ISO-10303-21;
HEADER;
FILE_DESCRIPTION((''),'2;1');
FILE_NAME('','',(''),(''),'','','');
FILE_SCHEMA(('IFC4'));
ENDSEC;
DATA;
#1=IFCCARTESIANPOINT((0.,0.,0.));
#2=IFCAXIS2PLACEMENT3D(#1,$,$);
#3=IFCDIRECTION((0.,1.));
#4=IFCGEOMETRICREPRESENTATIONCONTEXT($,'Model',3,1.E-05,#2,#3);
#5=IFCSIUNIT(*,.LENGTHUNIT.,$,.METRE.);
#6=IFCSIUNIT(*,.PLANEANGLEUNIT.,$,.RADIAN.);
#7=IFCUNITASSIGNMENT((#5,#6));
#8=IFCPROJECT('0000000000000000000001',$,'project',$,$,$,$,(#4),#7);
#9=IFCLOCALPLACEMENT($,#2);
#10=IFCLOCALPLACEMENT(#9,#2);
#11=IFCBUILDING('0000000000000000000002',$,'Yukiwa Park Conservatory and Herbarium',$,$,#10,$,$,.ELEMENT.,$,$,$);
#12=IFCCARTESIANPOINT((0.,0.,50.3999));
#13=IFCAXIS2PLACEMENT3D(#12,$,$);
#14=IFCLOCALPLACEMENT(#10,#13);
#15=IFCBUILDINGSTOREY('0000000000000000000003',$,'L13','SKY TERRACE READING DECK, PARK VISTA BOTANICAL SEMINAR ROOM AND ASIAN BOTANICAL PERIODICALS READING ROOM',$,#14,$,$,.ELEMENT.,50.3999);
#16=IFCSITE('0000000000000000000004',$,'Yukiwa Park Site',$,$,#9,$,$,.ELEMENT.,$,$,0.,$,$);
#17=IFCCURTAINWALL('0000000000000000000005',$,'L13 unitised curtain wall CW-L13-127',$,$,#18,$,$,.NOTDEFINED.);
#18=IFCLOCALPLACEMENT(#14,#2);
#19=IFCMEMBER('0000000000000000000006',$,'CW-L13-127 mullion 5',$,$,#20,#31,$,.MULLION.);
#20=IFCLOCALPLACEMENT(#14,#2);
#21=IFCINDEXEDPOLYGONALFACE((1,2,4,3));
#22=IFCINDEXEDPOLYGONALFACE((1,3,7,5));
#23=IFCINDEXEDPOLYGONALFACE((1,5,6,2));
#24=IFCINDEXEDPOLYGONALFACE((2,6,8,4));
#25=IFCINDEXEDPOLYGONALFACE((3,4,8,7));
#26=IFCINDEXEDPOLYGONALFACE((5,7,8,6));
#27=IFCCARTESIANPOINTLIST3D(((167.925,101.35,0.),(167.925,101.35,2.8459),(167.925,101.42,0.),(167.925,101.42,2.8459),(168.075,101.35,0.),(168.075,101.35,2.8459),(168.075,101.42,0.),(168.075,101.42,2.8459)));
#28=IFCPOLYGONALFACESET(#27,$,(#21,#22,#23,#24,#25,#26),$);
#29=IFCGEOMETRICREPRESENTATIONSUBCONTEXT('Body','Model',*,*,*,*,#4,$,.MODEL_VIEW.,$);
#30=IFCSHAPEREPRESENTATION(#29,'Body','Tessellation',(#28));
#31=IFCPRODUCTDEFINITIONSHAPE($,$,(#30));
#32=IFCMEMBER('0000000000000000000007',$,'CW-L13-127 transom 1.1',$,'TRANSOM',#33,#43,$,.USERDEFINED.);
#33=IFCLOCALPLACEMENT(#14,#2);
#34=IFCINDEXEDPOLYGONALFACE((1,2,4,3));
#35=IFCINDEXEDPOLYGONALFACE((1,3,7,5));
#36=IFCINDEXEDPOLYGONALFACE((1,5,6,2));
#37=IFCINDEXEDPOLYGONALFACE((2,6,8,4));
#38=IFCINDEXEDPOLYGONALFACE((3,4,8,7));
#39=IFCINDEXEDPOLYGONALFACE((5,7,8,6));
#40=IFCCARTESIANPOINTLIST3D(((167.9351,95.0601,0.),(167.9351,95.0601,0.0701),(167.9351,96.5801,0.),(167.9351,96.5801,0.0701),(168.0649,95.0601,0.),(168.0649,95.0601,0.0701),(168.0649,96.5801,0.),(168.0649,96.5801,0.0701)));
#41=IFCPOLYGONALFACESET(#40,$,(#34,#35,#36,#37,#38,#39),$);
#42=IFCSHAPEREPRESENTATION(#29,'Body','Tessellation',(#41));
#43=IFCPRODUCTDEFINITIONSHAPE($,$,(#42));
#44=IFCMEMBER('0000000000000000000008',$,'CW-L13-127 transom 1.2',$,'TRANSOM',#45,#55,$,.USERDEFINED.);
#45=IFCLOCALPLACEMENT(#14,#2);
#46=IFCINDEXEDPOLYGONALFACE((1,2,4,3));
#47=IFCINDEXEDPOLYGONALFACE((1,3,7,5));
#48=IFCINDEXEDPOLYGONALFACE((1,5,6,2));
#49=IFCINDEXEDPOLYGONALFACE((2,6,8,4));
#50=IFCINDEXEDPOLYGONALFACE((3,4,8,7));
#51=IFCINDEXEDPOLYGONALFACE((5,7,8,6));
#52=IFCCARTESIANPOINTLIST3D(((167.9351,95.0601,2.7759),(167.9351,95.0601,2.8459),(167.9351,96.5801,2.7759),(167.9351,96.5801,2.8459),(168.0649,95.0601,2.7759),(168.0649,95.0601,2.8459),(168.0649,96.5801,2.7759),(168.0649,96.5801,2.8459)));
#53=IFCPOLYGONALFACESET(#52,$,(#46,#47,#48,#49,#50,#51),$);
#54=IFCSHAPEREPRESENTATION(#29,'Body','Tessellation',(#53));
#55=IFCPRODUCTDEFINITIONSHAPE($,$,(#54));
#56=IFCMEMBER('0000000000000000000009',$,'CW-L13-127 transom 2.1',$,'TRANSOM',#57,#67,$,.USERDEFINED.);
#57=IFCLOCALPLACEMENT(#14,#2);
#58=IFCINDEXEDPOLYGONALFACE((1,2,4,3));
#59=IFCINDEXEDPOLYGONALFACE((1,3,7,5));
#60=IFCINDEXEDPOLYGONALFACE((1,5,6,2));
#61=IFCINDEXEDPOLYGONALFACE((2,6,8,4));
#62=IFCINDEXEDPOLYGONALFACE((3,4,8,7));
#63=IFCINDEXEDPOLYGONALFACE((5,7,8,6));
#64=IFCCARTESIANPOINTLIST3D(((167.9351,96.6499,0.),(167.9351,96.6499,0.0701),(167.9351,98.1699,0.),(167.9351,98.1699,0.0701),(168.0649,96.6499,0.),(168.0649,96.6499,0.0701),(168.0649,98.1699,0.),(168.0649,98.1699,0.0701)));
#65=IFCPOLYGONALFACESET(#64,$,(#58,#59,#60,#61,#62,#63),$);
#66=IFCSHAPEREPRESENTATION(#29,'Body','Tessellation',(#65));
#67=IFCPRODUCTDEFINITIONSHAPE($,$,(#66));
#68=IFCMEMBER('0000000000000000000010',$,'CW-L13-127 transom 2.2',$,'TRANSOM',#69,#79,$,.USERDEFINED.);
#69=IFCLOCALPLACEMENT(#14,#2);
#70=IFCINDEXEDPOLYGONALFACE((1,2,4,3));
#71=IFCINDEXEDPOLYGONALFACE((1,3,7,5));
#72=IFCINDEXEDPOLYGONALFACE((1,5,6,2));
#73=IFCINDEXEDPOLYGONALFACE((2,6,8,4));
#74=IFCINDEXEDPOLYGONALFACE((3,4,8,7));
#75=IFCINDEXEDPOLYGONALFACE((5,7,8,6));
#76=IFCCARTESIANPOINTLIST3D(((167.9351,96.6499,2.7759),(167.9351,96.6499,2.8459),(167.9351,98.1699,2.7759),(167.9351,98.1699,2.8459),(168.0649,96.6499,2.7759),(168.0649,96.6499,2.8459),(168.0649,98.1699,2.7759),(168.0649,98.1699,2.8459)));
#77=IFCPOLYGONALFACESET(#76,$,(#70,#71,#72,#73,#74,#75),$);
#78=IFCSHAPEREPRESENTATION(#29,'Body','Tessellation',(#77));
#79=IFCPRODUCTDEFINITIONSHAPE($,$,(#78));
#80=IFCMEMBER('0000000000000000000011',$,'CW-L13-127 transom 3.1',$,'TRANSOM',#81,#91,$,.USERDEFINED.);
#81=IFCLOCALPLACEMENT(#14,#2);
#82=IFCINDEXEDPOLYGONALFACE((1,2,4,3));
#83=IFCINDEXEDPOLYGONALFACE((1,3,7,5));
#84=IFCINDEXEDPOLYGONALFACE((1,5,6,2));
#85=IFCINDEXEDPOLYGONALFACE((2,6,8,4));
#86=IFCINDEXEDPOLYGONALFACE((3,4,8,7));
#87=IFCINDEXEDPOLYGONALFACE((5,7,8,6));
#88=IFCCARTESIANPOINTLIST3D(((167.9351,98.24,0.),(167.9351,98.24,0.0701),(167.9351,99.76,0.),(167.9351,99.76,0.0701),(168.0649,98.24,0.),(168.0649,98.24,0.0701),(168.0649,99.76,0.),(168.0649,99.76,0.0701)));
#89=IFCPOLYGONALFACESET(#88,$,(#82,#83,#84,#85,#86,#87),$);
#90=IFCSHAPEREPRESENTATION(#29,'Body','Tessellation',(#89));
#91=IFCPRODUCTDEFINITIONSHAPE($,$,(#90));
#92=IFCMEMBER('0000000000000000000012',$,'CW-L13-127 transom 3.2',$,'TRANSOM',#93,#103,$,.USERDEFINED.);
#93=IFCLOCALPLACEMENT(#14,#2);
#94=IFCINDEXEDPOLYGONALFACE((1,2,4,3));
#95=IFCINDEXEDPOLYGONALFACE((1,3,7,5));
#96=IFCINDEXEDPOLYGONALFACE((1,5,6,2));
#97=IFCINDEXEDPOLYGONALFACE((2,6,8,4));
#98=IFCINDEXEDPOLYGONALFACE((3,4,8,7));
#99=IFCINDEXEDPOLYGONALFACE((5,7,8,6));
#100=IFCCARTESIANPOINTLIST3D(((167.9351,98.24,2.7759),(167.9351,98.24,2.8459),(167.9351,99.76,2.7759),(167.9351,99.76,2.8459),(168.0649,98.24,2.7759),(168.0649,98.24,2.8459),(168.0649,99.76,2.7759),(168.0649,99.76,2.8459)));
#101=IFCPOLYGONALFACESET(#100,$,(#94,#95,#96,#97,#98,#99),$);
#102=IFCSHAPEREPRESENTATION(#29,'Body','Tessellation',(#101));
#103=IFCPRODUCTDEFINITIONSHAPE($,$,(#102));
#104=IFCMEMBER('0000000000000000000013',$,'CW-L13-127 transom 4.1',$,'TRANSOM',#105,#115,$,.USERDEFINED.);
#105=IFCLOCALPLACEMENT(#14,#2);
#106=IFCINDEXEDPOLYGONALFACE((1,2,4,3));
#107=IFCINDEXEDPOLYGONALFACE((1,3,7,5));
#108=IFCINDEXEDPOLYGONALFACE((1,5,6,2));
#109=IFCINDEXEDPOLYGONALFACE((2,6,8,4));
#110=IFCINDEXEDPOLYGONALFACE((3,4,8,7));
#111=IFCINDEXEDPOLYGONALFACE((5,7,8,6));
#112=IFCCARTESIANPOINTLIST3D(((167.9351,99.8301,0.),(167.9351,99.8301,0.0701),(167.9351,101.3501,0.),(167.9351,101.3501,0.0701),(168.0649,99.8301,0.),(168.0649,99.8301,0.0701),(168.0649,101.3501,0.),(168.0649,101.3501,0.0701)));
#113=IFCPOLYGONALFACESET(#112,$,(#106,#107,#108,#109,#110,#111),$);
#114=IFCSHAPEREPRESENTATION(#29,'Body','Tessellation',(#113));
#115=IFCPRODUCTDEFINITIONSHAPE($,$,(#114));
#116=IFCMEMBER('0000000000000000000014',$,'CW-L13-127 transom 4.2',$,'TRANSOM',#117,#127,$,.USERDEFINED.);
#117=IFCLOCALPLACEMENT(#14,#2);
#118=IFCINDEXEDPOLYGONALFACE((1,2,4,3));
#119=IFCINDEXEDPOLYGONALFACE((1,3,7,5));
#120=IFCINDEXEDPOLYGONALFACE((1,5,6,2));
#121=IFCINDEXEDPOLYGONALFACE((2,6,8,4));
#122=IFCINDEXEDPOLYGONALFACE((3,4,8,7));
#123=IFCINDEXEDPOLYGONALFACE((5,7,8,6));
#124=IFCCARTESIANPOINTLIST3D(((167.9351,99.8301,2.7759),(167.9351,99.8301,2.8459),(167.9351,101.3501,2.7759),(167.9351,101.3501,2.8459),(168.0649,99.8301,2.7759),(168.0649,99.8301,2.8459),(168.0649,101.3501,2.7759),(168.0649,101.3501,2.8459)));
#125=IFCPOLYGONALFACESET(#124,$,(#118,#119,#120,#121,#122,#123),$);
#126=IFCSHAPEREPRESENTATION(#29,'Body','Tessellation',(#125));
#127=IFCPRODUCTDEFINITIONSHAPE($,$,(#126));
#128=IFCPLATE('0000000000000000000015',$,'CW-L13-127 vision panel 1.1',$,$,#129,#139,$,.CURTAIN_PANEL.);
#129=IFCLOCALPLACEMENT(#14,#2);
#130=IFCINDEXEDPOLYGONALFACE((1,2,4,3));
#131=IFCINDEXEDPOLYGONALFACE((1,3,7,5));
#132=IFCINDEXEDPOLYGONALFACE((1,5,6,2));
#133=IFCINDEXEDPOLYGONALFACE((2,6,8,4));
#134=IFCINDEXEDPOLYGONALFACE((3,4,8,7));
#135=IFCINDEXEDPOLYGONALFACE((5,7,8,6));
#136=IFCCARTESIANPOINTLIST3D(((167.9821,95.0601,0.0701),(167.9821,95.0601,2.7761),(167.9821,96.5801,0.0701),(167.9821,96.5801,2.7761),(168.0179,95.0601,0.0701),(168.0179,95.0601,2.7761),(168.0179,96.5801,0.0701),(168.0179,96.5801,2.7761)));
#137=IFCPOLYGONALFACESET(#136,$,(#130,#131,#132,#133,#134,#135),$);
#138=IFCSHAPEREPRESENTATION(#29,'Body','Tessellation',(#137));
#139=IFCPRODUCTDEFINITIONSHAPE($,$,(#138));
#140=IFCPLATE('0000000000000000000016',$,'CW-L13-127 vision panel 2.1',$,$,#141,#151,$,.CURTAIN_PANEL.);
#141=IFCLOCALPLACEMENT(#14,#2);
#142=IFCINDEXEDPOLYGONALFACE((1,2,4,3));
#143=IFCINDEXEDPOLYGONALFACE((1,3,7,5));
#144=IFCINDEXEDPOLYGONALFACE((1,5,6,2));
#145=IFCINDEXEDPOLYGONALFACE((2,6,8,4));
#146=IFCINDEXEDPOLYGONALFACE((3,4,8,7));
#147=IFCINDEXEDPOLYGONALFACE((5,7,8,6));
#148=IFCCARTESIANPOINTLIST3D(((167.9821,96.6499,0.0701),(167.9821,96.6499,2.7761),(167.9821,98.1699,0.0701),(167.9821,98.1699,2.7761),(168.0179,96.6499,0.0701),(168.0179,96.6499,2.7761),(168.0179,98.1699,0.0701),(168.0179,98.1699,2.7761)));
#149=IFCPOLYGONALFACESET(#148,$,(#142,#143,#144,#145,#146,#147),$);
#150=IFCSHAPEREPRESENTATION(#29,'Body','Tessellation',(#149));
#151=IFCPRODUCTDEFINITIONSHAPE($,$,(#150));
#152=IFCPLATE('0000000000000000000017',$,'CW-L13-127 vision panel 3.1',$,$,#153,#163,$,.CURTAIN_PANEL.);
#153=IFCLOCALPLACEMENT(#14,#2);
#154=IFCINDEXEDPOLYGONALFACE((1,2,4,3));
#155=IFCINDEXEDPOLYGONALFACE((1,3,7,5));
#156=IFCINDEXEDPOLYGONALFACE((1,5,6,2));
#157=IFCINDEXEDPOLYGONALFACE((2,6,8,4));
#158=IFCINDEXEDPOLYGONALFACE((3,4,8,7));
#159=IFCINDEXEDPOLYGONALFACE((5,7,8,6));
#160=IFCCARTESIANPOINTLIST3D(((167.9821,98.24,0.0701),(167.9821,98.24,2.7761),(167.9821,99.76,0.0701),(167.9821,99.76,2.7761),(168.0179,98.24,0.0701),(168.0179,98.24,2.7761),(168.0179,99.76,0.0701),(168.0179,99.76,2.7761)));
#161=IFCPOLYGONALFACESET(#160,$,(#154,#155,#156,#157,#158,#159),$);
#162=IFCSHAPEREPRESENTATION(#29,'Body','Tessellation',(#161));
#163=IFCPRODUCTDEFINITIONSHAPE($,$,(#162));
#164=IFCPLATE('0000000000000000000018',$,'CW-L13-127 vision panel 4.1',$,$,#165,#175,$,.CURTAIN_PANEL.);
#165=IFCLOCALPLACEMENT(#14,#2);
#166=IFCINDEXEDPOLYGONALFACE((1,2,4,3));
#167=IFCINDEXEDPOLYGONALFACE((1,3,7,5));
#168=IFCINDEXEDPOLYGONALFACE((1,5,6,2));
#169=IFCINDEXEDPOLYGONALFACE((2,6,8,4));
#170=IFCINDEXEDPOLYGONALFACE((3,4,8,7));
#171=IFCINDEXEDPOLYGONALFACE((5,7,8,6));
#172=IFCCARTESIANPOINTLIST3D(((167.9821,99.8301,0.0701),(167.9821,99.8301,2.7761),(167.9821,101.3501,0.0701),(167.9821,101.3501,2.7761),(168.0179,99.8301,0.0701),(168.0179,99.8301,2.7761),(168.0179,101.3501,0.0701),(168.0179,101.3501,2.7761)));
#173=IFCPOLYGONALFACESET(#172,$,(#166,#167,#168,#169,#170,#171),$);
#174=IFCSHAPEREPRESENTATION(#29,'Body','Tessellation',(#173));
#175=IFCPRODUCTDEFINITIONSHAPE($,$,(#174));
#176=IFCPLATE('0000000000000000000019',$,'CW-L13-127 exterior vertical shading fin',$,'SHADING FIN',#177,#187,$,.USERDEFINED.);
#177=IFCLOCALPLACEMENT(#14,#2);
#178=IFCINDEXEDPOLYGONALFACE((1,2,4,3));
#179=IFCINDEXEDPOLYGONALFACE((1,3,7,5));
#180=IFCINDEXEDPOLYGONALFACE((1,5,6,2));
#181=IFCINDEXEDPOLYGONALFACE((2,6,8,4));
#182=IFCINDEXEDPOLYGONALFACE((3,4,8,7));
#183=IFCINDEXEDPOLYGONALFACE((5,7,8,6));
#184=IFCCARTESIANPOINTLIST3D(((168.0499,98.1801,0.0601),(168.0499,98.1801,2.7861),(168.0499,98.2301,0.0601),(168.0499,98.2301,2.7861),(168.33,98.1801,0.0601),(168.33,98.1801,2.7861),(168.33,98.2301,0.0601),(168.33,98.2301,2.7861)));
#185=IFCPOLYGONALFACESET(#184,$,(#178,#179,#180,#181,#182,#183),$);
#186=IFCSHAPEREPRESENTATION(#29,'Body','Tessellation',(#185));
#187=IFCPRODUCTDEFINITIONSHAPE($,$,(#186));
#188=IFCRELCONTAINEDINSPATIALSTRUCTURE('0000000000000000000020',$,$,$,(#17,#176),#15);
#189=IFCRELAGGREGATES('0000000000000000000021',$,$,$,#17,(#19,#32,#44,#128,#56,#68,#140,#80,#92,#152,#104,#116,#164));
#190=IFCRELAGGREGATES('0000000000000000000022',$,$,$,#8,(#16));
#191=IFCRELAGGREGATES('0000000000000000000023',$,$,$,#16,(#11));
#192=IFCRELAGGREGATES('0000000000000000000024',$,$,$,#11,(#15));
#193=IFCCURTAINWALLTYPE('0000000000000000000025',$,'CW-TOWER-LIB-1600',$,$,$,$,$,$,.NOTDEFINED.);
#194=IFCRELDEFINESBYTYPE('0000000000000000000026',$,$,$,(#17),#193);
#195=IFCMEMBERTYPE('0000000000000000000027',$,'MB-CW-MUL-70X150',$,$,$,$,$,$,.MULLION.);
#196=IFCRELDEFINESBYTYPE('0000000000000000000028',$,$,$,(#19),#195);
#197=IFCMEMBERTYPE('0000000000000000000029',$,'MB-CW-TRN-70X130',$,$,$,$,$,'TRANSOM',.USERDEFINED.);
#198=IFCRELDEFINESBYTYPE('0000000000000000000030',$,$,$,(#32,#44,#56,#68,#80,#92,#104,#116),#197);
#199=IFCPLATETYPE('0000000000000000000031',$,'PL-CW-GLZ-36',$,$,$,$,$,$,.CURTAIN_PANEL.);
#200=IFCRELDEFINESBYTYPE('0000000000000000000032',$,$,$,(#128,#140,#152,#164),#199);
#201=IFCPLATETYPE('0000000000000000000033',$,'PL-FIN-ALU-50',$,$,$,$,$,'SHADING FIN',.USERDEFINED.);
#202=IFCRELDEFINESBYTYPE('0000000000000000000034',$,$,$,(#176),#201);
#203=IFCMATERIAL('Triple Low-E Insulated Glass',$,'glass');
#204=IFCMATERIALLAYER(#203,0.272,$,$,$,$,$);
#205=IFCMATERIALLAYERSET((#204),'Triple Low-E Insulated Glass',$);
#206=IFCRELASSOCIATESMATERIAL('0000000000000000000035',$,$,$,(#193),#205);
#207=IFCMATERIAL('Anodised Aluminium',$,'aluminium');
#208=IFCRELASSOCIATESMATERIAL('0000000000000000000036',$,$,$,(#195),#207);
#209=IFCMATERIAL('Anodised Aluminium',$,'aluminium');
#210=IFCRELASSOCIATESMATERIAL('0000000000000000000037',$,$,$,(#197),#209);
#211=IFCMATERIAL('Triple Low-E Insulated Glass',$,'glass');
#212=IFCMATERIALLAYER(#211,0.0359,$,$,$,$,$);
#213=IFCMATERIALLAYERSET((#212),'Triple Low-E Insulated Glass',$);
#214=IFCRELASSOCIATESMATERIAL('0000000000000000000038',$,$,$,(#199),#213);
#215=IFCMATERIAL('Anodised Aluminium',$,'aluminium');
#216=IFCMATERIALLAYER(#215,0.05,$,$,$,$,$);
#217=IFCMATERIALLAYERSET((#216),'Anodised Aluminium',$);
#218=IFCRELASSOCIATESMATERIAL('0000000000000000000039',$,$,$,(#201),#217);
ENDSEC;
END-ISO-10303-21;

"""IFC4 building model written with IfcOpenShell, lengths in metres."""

from ifc_helpers import new_model, si_unit, direction, frame, origin, origin_2d, place, context, subcontext, project, spatial, rectangle, extrude, material, layer, layer_set, type_object, element, aggregate, save


model = new_model("IFC4")

# Units and contexts
model_context = context("Model", 3, precision=1e-05, world=origin(), true_north=direction((0.0, 1.0)))
body_context = subcontext(model_context, "Body", "Model", "MODEL_VIEW")
ifc_project = project(units=[si_unit("LENGTHUNIT", "METRE"), si_unit("PLANEANGLEUNIT", "RADIAN")], contexts=[model_context])

# Site, building, storey
site_placement = place(None, origin())
site = spatial("IfcSite", under=ifc_project, at=site_placement, Name="Yukiwa Park Site", CompositionType="ELEMENT", RefElevation=0.0)
building_placement = place(site_placement, origin())
building = spatial("IfcBuilding", under=site, at=building_placement, Name="Yukiwa Park Conservatory and Herbarium", CompositionType="ELEMENT")
storey_placement = place(building_placement, frame((0.0, 0.0, 50.3999)))
storey = spatial("IfcBuildingStorey", under=building, at=storey_placement, Name="L13", Description="SKY TERRACE READING DECK, PARK VISTA BOTANICAL SEMINAR ROOM AND ASIAN BOTANICAL PERIODICALS READING ROOM", CompositionType="ELEMENT", Elevation=50.3999)

# Curtain wall, members, plates
ifc_material_1 = material(Name="Triple Low-E Insulated Glass", Category="glass")
ifc_layer_1 = layer(ifc_material_1, 0.272)
ifc_layer_set_1 = layer_set([ifc_layer_1], Name="Triple Low-E Insulated Glass")
curtain_wall_type = type_object("IfcCurtainWallType", Name="CW-TOWER-LIB-1600", PredefinedType="NOTDEFINED", material=ifc_layer_set_1)
curtain_wall_placement = place(storey_placement, origin())
curtain_wall = element("IfcCurtainWall", 1, at=curtain_wall_placement, inside=storey, type_object=curtain_wall_type, Name="L13 unitised curtain wall CW-L13-127", PredefinedType="NOTDEFINED")
ifc_material_2 = material(Name="Anodised Aluminium", Category="aluminium")
member_type_1 = type_object("IfcMemberType", Name="MB-CW-MUL-70X150", PredefinedType="MULLION", material=ifc_material_2)
member_1_placement = place(storey_placement, frame((168.0, 101.385, 0.0), z_axis=(0.0, 0.0, 1.0), x_axis=(0.0, 1.0, 0.0)))
member_1 = element("IfcMember", 2, at=member_1_placement, type_object=member_type_1, Name="CW-L13-127 mullion 5", PredefinedType="MULLION", context=body_context, shape_type="SweptSolid", body=[
    extrude(rectangle(XDim=0.0701, YDim=0.1499, at=origin_2d()), origin(), (0.0, 0.0, 1.0), 2.8459),
])
ifc_material_3 = material(Name="Anodised Aluminium", Category="aluminium")
member_type_2 = type_object("IfcMemberType", Name="MB-CW-TRN-70X130", ElementType="TRANSOM", PredefinedType="USERDEFINED", material=ifc_material_3)
member_2_placement = place(storey_placement, frame((168.0, 95.8201, 0.0), z_axis=(0.0, 0.0, 1.0), x_axis=(0.0, 1.0, 0.0)))
member_2 = element("IfcMember", 3, at=member_2_placement, type_object=member_type_2, Name="CW-L13-127 transom 1.1", ObjectType="TRANSOM", PredefinedType="USERDEFINED", context=body_context, shape_type="SweptSolid", body=[
    extrude(rectangle(XDim=1.52, YDim=0.1299, at=origin_2d()), origin(), (0.0, 0.0, 1.0), 0.0701),
])
member_3_placement = place(storey_placement, frame((168.0, 95.8201, 2.7759), z_axis=(0.0, 0.0, 1.0), x_axis=(0.0, 1.0, 0.0)))
member_3 = element("IfcMember", 4, at=member_3_placement, type_object=member_type_2, Name="CW-L13-127 transom 1.2", ObjectType="TRANSOM", PredefinedType="USERDEFINED", context=body_context, shape_type="SweptSolid", body=[
    extrude(rectangle(XDim=1.52, YDim=0.1299, at=origin_2d()), origin(), (0.0, 0.0, 1.0), 0.0701),
])
member_4_placement = place(storey_placement, frame((168.0, 97.4099, 0.0), z_axis=(0.0, 0.0, 1.0), x_axis=(0.0, 1.0, 0.0)))
member_4 = element("IfcMember", 5, at=member_4_placement, type_object=member_type_2, Name="CW-L13-127 transom 2.1", ObjectType="TRANSOM", PredefinedType="USERDEFINED", context=body_context, shape_type="SweptSolid", body=[
    extrude(rectangle(XDim=1.52, YDim=0.1299, at=origin_2d()), origin(), (0.0, 0.0, 1.0), 0.0701),
])
member_5_placement = place(storey_placement, frame((168.0, 97.4099, 2.7759), z_axis=(0.0, 0.0, 1.0), x_axis=(0.0, 1.0, 0.0)))
member_5 = element("IfcMember", 6, at=member_5_placement, type_object=member_type_2, Name="CW-L13-127 transom 2.2", ObjectType="TRANSOM", PredefinedType="USERDEFINED", context=body_context, shape_type="SweptSolid", body=[
    extrude(rectangle(XDim=1.52, YDim=0.1299, at=origin_2d()), origin(), (0.0, 0.0, 1.0), 0.0701),
])
member_6_placement = place(storey_placement, frame((168.0, 99.0, 0.0), z_axis=(0.0, 0.0, 1.0), x_axis=(0.0, 1.0, 0.0)))
member_6 = element("IfcMember", 7, at=member_6_placement, type_object=member_type_2, Name="CW-L13-127 transom 3.1", ObjectType="TRANSOM", PredefinedType="USERDEFINED", context=body_context, shape_type="SweptSolid", body=[
    extrude(rectangle(XDim=1.52, YDim=0.1299, at=origin_2d()), origin(), (0.0, 0.0, 1.0), 0.0701),
])
member_7_placement = place(storey_placement, frame((168.0, 99.0, 2.7759), z_axis=(0.0, 0.0, 1.0), x_axis=(0.0, 1.0, 0.0)))
member_7 = element("IfcMember", 8, at=member_7_placement, type_object=member_type_2, Name="CW-L13-127 transom 3.2", ObjectType="TRANSOM", PredefinedType="USERDEFINED", context=body_context, shape_type="SweptSolid", body=[
    extrude(rectangle(XDim=1.52, YDim=0.1299, at=origin_2d()), origin(), (0.0, 0.0, 1.0), 0.0701),
])
member_8_placement = place(storey_placement, frame((168.0, 100.5901, 0.0), z_axis=(0.0, 0.0, 1.0), x_axis=(0.0, 1.0, 0.0)))
member_8 = element("IfcMember", 9, at=member_8_placement, type_object=member_type_2, Name="CW-L13-127 transom 4.1", ObjectType="TRANSOM", PredefinedType="USERDEFINED", context=body_context, shape_type="SweptSolid", body=[
    extrude(rectangle(XDim=1.52, YDim=0.1299, at=origin_2d()), origin(), (0.0, 0.0, 1.0), 0.0701),
])
member_9_placement = place(storey_placement, frame((168.0, 100.5901, 2.7759), z_axis=(0.0, 0.0, 1.0), x_axis=(0.0, 1.0, 0.0)))
member_9 = element("IfcMember", 10, at=member_9_placement, type_object=member_type_2, Name="CW-L13-127 transom 4.2", ObjectType="TRANSOM", PredefinedType="USERDEFINED", context=body_context, shape_type="SweptSolid", body=[
    extrude(rectangle(XDim=1.52, YDim=0.1299, at=origin_2d()), origin(), (0.0, 0.0, 1.0), 0.0701),
])
ifc_material_4 = material(Name="Triple Low-E Insulated Glass", Category="glass")
ifc_layer_2 = layer(ifc_material_4, 0.0359)
ifc_layer_set_2 = layer_set([ifc_layer_2], Name="Triple Low-E Insulated Glass")
plate_type_1 = type_object("IfcPlateType", Name="PL-CW-GLZ-36", PredefinedType="CURTAIN_PANEL", material=ifc_layer_set_2)
plate_1_placement = place(storey_placement, frame((168.0, 95.8201, 0.0701), z_axis=(0.0, 0.0, 1.0), x_axis=(0.0, 1.0, 0.0)))
plate_1 = element("IfcPlate", 11, at=plate_1_placement, type_object=plate_type_1, Name="CW-L13-127 vision panel 1.1", PredefinedType="CURTAIN_PANEL", context=body_context, shape_type="SweptSolid", body=[
    extrude(rectangle(XDim=1.52, YDim=0.0359, at=origin_2d()), origin(), (0.0, 0.0, 1.0), 2.7061),
])
plate_2_placement = place(storey_placement, frame((168.0, 97.4099, 0.0701), z_axis=(0.0, 0.0, 1.0), x_axis=(0.0, 1.0, 0.0)))
plate_2 = element("IfcPlate", 12, at=plate_2_placement, type_object=plate_type_1, Name="CW-L13-127 vision panel 2.1", PredefinedType="CURTAIN_PANEL", context=body_context, shape_type="SweptSolid", body=[
    extrude(rectangle(XDim=1.52, YDim=0.0359, at=origin_2d()), origin(), (0.0, 0.0, 1.0), 2.7061),
])
plate_3_placement = place(storey_placement, frame((168.0, 99.0, 0.0701), z_axis=(0.0, 0.0, 1.0), x_axis=(0.0, 1.0, 0.0)))
plate_3 = element("IfcPlate", 13, at=plate_3_placement, type_object=plate_type_1, Name="CW-L13-127 vision panel 3.1", PredefinedType="CURTAIN_PANEL", context=body_context, shape_type="SweptSolid", body=[
    extrude(rectangle(XDim=1.52, YDim=0.0359, at=origin_2d()), origin(), (0.0, 0.0, 1.0), 2.7061),
])
plate_4_placement = place(storey_placement, frame((168.0, 100.5901, 0.0701), z_axis=(0.0, 0.0, 1.0), x_axis=(0.0, 1.0, 0.0)))
plate_4 = element("IfcPlate", 14, at=plate_4_placement, type_object=plate_type_1, Name="CW-L13-127 vision panel 4.1", PredefinedType="CURTAIN_PANEL", context=body_context, shape_type="SweptSolid", body=[
    extrude(rectangle(XDim=1.52, YDim=0.0359, at=origin_2d()), origin(), (0.0, 0.0, 1.0), 2.7061),
])
aggregate(curtain_wall, [member_1, member_2, member_3, plate_1, member_4, member_5, plate_2, member_6, member_7, plate_3, member_8, member_9, plate_4])

# Plate
ifc_material_5 = material(Name="Anodised Aluminium", Category="aluminium")
ifc_layer_3 = layer(ifc_material_5, 0.05)
ifc_layer_set_3 = layer_set([ifc_layer_3], Name="Anodised Aluminium")
plate_type_2 = type_object("IfcPlateType", Name="PL-FIN-ALU-50", ElementType="SHADING FIN", PredefinedType="USERDEFINED", material=ifc_layer_set_3)
plate_5_placement = place(storey_placement, frame((168.1899, 98.2051, 0.0601), z_axis=(0.0, 0.0, 1.0), x_axis=(0.0, 1.0, 0.0)))
element("IfcPlate", 15, at=plate_5_placement, inside=storey, type_object=plate_type_2, Name="CW-L13-127 exterior vertical shading fin", ObjectType="SHADING FIN", PredefinedType="USERDEFINED", context=body_context, shape_type="SweptSolid", body=[
    extrude(rectangle(XDim=0.05, YDim=0.28, at=origin_2d()), origin(), (0.0, 0.0, 1.0), 2.7261),
])

save(model, "model.ifc")
